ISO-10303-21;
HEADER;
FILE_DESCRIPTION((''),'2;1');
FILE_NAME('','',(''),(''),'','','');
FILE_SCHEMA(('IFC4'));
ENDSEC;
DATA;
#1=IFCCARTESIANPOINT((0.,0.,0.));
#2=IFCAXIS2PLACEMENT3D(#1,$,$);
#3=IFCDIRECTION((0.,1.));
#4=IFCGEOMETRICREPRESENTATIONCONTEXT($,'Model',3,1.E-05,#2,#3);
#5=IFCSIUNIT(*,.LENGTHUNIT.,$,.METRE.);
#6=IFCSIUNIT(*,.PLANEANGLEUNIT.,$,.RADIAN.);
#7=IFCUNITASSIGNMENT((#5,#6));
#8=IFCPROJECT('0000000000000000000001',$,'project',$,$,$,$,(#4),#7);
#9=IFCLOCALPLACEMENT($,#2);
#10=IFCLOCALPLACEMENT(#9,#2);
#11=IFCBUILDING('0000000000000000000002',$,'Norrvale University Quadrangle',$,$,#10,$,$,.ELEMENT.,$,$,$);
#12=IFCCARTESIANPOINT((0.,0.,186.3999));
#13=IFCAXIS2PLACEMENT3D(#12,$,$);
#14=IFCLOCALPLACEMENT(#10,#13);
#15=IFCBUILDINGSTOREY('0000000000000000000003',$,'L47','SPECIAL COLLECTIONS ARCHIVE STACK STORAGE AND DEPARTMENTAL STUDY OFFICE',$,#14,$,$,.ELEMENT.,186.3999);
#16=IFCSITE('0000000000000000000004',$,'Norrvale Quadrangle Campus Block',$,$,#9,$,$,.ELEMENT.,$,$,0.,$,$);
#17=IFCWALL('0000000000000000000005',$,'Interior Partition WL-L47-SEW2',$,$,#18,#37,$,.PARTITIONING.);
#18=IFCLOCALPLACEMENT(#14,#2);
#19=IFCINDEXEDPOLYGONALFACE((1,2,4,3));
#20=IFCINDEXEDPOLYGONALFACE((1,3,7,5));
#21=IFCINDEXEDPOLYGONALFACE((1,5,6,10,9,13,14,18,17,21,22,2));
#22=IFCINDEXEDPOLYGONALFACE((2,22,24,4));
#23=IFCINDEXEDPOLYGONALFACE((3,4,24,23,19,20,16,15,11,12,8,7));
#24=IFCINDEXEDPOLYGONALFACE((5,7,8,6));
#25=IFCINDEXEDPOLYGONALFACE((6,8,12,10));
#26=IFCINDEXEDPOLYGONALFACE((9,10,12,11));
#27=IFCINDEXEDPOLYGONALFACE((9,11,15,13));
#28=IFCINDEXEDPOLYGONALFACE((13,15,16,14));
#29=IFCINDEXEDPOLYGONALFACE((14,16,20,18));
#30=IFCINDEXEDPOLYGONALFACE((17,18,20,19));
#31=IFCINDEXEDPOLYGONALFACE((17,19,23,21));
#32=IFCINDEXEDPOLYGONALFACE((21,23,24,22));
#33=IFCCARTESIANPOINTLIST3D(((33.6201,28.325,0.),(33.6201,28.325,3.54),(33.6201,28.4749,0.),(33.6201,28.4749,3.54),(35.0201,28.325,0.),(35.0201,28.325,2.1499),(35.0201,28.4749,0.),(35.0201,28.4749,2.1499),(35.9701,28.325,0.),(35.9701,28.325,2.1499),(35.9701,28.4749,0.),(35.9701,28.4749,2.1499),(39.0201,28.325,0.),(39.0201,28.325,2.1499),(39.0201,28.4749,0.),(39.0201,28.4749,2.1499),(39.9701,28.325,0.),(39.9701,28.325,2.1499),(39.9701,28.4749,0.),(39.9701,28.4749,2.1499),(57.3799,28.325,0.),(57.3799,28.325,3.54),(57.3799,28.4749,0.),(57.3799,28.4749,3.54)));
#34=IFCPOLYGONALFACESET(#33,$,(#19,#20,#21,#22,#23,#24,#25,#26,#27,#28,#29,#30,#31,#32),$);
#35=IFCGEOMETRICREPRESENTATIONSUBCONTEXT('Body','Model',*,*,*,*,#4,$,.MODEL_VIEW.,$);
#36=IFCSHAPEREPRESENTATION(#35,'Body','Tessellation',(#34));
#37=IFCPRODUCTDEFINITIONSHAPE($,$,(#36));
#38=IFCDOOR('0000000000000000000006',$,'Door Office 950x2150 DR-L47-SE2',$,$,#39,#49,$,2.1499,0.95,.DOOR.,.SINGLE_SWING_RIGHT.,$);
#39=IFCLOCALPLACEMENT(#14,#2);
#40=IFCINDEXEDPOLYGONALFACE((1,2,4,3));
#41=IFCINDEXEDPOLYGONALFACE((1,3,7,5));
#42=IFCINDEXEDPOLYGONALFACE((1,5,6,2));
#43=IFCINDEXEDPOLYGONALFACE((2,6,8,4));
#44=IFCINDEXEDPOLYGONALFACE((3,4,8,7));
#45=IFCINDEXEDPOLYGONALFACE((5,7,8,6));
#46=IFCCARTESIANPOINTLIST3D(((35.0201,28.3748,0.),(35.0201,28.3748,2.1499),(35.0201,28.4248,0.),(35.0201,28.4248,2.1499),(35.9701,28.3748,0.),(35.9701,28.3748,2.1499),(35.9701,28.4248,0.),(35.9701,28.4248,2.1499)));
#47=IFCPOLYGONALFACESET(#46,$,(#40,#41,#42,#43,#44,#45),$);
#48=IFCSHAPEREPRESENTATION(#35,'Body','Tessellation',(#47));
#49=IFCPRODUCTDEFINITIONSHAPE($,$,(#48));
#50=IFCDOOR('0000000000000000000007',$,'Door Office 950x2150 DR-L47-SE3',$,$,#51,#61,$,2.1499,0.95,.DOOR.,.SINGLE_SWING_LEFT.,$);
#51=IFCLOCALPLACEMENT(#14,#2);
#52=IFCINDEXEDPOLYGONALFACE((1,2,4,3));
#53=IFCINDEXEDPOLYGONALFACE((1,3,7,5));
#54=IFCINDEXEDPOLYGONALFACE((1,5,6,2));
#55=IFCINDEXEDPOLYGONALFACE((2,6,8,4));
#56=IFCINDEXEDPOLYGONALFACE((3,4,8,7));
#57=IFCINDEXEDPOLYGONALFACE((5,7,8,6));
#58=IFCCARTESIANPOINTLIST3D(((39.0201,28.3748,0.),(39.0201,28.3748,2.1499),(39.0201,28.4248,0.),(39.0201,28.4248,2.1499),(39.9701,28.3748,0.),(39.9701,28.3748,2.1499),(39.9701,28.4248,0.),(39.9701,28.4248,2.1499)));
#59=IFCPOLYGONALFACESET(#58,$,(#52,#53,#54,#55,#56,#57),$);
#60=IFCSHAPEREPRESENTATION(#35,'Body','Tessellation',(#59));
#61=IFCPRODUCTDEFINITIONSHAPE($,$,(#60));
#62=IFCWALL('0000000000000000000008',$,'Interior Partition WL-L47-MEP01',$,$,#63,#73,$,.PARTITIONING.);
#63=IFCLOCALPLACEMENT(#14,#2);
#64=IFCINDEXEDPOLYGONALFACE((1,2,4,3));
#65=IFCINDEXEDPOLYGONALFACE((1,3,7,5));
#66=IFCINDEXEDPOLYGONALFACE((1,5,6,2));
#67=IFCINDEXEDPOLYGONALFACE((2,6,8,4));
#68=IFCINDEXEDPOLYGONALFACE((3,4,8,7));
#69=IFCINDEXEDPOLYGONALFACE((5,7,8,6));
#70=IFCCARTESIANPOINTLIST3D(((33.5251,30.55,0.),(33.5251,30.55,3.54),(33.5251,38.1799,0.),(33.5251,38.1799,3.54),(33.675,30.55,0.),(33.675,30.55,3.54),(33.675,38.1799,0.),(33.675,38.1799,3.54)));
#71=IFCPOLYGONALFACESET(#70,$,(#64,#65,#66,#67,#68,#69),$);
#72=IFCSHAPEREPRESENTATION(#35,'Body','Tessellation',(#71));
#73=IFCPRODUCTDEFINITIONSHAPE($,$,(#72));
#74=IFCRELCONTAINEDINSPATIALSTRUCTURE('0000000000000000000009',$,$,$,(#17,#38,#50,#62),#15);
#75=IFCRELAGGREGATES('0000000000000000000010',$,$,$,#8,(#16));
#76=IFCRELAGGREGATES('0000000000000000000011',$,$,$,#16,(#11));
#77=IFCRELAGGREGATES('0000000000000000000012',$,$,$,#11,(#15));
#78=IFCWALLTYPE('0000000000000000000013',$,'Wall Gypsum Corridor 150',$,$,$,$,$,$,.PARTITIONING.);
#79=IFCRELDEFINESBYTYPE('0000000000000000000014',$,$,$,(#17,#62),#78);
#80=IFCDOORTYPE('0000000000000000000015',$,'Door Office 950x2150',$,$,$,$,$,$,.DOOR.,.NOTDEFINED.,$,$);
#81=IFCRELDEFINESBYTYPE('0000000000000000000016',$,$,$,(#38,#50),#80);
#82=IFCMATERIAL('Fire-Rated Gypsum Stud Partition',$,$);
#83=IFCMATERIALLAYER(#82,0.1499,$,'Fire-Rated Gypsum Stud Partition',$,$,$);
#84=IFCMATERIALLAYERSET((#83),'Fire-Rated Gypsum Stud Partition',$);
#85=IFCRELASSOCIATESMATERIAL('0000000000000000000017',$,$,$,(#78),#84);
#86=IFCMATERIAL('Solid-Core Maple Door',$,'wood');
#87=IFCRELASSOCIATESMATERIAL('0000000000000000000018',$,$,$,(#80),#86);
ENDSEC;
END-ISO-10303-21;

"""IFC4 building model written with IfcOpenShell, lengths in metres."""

from ifc_helpers import new_model, si_unit, direction, frame, frame_2d, origin, place, context, subcontext, project, spatial, rectangle, extrude, material, layer, layer_set, type_object, element, fill, save


model = new_model("IFC4")

# Units and contexts
model_context = context("Model", 3, precision=1e-05, world=origin(), true_north=direction((0.0, 1.0)))
body_context = subcontext(model_context, "Body", "Model", "MODEL_VIEW")
ifc_project = project(units=[si_unit("LENGTHUNIT", "METRE"), si_unit("PLANEANGLEUNIT", "RADIAN")], contexts=[model_context])

# Site, building, storey
site_placement = place(None, origin())
site = spatial("IfcSite", under=ifc_project, at=site_placement, Name="Norrvale Quadrangle Campus Block", CompositionType="ELEMENT", RefElevation=0.0)
building_placement = place(site_placement, origin())
building = spatial("IfcBuilding", under=site, at=building_placement, Name="Norrvale University Quadrangle", CompositionType="ELEMENT")
storey_placement = place(building_placement, frame((0.0, 0.0, 186.3999)))
storey = spatial("IfcBuildingStorey", under=building, at=storey_placement, Name="L47", Description="SPECIAL COLLECTIONS ARCHIVE STACK STORAGE AND DEPARTMENTAL STUDY OFFICE", CompositionType="ELEMENT", Elevation=186.3999)

# Shared definitions
ifc_material_1 = material(Name="Fire-Rated Gypsum Stud Partition")
ifc_layer_1 = layer(ifc_material_1, 0.1499, Name="Fire-Rated Gypsum Stud Partition")
ifc_layer_set_1 = layer_set([ifc_layer_1], Name="Fire-Rated Gypsum Stud Partition")
wall_type_1 = type_object("IfcWallType", Name="Wall Gypsum Corridor 150", PredefinedType="PARTITIONING", material=ifc_layer_set_1)

# Wall, openings, doors
wall_1_placement = place(storey_placement, frame((33.6201, 28.3999, 0.0), z_axis=(0.0, 0.0, 1.0), x_axis=(1.0, 0.0, 0.0)))
wall_1 = element("IfcWall", 1, at=wall_1_placement, inside=storey, type_object=wall_type_1, Name="Interior Partition WL-L47-SEW2", PredefinedType="PARTITIONING", context=body_context, shape_type="SweptSolid", body=[
    extrude(rectangle(XDim=23.7598, YDim=0.1499, at=frame_2d((11.8799, 0.0))), origin(), (0.0, 0.0, 1.0), 3.54),
])
opening_1_placement = place(wall_1_placement, frame((1.3999, 0.0, 0.0)))
opening_1 = element("IfcOpeningElement", 2, at=opening_1_placement, cuts=wall_1, PredefinedType="OPENING", context=body_context, shape_type="SweptSolid", body=[
    extrude(rectangle(XDim=0.95, YDim=2.1499, at=frame_2d((0.4751, 1.075))), frame((0.0, 0.0869, 0.0), z_axis=(0.0, -1.0, 0.0), x_axis=(1.0, 0.0, 0.0)), (0.0, 0.0, 1.0), 0.1738),
])
opening_2_placement = place(wall_1_placement, frame((5.3999, 0.0, 0.0)))
opening_2 = element("IfcOpeningElement", 3, at=opening_2_placement, cuts=wall_1, PredefinedType="OPENING", context=body_context, shape_type="SweptSolid", body=[
    extrude(rectangle(XDim=0.95, YDim=2.1499, at=frame_2d((0.4751, 1.075))), frame((0.0, 0.0869, 0.0), z_axis=(0.0, -1.0, 0.0), x_axis=(1.0, 0.0, 0.0)), (0.0, 0.0, 1.0), 0.1738),
])
ifc_material_2 = material(Name="Solid-Core Maple Door", Category="wood")
door_type = type_object("IfcDoorType", Name="Door Office 950x2150", OperationType="NOTDEFINED", PredefinedType="DOOR", material=ifc_material_2)
door_1_placement = place(opening_1_placement, origin())
door_1 = element("IfcDoor", 4, at=door_1_placement, inside=storey, type_object=door_type, Name="Door Office 950x2150 DR-L47-SE2", OperationType="SINGLE_SWING_RIGHT", OverallHeight=2.1499, OverallWidth=0.95, PredefinedType="DOOR", context=body_context, shape_type="SweptSolid", body=[
    extrude(rectangle(XDim=0.95, YDim=2.1499, at=frame_2d((0.4751, 1.075))), frame((0.0, 0.0249, 0.0), z_axis=(0.0, -1.0, 0.0), x_axis=(1.0, 0.0, 0.0)), (0.0, 0.0, 1.0), 0.05),
])
fill(opening_1, door_1)
door_2_placement = place(opening_2_placement, origin())
door_2 = element("IfcDoor", 5, at=door_2_placement, inside=storey, type_object=door_type, Name="Door Office 950x2150 DR-L47-SE3", OperationType="SINGLE_SWING_LEFT", OverallHeight=2.1499, OverallWidth=0.95, PredefinedType="DOOR", context=body_context, shape_type="SweptSolid", body=[
    extrude(rectangle(XDim=0.95, YDim=2.1499, at=frame_2d((0.4751, 1.075))), frame((0.0, 0.0249, 0.0), z_axis=(0.0, -1.0, 0.0), x_axis=(1.0, 0.0, 0.0)), (0.0, 0.0, 1.0), 0.05),
])
fill(opening_2, door_2)

# Wall
wall_2_placement = place(storey_placement, frame((33.6001, 30.55, 0.0), z_axis=(0.0, 0.0, 1.0), x_axis=(0.0, 1.0, 0.0)))
element("IfcWall", 6, at=wall_2_placement, inside=storey, type_object=wall_type_1, Name="Interior Partition WL-L47-MEP01", PredefinedType="PARTITIONING", context=body_context, shape_type="SweptSolid", body=[
    extrude(rectangle(XDim=7.6299, YDim=0.1499, at=frame_2d((3.8149, 0.0))), origin(), (0.0, 0.0, 1.0), 3.54),
])

save(model, "model.ifc")
